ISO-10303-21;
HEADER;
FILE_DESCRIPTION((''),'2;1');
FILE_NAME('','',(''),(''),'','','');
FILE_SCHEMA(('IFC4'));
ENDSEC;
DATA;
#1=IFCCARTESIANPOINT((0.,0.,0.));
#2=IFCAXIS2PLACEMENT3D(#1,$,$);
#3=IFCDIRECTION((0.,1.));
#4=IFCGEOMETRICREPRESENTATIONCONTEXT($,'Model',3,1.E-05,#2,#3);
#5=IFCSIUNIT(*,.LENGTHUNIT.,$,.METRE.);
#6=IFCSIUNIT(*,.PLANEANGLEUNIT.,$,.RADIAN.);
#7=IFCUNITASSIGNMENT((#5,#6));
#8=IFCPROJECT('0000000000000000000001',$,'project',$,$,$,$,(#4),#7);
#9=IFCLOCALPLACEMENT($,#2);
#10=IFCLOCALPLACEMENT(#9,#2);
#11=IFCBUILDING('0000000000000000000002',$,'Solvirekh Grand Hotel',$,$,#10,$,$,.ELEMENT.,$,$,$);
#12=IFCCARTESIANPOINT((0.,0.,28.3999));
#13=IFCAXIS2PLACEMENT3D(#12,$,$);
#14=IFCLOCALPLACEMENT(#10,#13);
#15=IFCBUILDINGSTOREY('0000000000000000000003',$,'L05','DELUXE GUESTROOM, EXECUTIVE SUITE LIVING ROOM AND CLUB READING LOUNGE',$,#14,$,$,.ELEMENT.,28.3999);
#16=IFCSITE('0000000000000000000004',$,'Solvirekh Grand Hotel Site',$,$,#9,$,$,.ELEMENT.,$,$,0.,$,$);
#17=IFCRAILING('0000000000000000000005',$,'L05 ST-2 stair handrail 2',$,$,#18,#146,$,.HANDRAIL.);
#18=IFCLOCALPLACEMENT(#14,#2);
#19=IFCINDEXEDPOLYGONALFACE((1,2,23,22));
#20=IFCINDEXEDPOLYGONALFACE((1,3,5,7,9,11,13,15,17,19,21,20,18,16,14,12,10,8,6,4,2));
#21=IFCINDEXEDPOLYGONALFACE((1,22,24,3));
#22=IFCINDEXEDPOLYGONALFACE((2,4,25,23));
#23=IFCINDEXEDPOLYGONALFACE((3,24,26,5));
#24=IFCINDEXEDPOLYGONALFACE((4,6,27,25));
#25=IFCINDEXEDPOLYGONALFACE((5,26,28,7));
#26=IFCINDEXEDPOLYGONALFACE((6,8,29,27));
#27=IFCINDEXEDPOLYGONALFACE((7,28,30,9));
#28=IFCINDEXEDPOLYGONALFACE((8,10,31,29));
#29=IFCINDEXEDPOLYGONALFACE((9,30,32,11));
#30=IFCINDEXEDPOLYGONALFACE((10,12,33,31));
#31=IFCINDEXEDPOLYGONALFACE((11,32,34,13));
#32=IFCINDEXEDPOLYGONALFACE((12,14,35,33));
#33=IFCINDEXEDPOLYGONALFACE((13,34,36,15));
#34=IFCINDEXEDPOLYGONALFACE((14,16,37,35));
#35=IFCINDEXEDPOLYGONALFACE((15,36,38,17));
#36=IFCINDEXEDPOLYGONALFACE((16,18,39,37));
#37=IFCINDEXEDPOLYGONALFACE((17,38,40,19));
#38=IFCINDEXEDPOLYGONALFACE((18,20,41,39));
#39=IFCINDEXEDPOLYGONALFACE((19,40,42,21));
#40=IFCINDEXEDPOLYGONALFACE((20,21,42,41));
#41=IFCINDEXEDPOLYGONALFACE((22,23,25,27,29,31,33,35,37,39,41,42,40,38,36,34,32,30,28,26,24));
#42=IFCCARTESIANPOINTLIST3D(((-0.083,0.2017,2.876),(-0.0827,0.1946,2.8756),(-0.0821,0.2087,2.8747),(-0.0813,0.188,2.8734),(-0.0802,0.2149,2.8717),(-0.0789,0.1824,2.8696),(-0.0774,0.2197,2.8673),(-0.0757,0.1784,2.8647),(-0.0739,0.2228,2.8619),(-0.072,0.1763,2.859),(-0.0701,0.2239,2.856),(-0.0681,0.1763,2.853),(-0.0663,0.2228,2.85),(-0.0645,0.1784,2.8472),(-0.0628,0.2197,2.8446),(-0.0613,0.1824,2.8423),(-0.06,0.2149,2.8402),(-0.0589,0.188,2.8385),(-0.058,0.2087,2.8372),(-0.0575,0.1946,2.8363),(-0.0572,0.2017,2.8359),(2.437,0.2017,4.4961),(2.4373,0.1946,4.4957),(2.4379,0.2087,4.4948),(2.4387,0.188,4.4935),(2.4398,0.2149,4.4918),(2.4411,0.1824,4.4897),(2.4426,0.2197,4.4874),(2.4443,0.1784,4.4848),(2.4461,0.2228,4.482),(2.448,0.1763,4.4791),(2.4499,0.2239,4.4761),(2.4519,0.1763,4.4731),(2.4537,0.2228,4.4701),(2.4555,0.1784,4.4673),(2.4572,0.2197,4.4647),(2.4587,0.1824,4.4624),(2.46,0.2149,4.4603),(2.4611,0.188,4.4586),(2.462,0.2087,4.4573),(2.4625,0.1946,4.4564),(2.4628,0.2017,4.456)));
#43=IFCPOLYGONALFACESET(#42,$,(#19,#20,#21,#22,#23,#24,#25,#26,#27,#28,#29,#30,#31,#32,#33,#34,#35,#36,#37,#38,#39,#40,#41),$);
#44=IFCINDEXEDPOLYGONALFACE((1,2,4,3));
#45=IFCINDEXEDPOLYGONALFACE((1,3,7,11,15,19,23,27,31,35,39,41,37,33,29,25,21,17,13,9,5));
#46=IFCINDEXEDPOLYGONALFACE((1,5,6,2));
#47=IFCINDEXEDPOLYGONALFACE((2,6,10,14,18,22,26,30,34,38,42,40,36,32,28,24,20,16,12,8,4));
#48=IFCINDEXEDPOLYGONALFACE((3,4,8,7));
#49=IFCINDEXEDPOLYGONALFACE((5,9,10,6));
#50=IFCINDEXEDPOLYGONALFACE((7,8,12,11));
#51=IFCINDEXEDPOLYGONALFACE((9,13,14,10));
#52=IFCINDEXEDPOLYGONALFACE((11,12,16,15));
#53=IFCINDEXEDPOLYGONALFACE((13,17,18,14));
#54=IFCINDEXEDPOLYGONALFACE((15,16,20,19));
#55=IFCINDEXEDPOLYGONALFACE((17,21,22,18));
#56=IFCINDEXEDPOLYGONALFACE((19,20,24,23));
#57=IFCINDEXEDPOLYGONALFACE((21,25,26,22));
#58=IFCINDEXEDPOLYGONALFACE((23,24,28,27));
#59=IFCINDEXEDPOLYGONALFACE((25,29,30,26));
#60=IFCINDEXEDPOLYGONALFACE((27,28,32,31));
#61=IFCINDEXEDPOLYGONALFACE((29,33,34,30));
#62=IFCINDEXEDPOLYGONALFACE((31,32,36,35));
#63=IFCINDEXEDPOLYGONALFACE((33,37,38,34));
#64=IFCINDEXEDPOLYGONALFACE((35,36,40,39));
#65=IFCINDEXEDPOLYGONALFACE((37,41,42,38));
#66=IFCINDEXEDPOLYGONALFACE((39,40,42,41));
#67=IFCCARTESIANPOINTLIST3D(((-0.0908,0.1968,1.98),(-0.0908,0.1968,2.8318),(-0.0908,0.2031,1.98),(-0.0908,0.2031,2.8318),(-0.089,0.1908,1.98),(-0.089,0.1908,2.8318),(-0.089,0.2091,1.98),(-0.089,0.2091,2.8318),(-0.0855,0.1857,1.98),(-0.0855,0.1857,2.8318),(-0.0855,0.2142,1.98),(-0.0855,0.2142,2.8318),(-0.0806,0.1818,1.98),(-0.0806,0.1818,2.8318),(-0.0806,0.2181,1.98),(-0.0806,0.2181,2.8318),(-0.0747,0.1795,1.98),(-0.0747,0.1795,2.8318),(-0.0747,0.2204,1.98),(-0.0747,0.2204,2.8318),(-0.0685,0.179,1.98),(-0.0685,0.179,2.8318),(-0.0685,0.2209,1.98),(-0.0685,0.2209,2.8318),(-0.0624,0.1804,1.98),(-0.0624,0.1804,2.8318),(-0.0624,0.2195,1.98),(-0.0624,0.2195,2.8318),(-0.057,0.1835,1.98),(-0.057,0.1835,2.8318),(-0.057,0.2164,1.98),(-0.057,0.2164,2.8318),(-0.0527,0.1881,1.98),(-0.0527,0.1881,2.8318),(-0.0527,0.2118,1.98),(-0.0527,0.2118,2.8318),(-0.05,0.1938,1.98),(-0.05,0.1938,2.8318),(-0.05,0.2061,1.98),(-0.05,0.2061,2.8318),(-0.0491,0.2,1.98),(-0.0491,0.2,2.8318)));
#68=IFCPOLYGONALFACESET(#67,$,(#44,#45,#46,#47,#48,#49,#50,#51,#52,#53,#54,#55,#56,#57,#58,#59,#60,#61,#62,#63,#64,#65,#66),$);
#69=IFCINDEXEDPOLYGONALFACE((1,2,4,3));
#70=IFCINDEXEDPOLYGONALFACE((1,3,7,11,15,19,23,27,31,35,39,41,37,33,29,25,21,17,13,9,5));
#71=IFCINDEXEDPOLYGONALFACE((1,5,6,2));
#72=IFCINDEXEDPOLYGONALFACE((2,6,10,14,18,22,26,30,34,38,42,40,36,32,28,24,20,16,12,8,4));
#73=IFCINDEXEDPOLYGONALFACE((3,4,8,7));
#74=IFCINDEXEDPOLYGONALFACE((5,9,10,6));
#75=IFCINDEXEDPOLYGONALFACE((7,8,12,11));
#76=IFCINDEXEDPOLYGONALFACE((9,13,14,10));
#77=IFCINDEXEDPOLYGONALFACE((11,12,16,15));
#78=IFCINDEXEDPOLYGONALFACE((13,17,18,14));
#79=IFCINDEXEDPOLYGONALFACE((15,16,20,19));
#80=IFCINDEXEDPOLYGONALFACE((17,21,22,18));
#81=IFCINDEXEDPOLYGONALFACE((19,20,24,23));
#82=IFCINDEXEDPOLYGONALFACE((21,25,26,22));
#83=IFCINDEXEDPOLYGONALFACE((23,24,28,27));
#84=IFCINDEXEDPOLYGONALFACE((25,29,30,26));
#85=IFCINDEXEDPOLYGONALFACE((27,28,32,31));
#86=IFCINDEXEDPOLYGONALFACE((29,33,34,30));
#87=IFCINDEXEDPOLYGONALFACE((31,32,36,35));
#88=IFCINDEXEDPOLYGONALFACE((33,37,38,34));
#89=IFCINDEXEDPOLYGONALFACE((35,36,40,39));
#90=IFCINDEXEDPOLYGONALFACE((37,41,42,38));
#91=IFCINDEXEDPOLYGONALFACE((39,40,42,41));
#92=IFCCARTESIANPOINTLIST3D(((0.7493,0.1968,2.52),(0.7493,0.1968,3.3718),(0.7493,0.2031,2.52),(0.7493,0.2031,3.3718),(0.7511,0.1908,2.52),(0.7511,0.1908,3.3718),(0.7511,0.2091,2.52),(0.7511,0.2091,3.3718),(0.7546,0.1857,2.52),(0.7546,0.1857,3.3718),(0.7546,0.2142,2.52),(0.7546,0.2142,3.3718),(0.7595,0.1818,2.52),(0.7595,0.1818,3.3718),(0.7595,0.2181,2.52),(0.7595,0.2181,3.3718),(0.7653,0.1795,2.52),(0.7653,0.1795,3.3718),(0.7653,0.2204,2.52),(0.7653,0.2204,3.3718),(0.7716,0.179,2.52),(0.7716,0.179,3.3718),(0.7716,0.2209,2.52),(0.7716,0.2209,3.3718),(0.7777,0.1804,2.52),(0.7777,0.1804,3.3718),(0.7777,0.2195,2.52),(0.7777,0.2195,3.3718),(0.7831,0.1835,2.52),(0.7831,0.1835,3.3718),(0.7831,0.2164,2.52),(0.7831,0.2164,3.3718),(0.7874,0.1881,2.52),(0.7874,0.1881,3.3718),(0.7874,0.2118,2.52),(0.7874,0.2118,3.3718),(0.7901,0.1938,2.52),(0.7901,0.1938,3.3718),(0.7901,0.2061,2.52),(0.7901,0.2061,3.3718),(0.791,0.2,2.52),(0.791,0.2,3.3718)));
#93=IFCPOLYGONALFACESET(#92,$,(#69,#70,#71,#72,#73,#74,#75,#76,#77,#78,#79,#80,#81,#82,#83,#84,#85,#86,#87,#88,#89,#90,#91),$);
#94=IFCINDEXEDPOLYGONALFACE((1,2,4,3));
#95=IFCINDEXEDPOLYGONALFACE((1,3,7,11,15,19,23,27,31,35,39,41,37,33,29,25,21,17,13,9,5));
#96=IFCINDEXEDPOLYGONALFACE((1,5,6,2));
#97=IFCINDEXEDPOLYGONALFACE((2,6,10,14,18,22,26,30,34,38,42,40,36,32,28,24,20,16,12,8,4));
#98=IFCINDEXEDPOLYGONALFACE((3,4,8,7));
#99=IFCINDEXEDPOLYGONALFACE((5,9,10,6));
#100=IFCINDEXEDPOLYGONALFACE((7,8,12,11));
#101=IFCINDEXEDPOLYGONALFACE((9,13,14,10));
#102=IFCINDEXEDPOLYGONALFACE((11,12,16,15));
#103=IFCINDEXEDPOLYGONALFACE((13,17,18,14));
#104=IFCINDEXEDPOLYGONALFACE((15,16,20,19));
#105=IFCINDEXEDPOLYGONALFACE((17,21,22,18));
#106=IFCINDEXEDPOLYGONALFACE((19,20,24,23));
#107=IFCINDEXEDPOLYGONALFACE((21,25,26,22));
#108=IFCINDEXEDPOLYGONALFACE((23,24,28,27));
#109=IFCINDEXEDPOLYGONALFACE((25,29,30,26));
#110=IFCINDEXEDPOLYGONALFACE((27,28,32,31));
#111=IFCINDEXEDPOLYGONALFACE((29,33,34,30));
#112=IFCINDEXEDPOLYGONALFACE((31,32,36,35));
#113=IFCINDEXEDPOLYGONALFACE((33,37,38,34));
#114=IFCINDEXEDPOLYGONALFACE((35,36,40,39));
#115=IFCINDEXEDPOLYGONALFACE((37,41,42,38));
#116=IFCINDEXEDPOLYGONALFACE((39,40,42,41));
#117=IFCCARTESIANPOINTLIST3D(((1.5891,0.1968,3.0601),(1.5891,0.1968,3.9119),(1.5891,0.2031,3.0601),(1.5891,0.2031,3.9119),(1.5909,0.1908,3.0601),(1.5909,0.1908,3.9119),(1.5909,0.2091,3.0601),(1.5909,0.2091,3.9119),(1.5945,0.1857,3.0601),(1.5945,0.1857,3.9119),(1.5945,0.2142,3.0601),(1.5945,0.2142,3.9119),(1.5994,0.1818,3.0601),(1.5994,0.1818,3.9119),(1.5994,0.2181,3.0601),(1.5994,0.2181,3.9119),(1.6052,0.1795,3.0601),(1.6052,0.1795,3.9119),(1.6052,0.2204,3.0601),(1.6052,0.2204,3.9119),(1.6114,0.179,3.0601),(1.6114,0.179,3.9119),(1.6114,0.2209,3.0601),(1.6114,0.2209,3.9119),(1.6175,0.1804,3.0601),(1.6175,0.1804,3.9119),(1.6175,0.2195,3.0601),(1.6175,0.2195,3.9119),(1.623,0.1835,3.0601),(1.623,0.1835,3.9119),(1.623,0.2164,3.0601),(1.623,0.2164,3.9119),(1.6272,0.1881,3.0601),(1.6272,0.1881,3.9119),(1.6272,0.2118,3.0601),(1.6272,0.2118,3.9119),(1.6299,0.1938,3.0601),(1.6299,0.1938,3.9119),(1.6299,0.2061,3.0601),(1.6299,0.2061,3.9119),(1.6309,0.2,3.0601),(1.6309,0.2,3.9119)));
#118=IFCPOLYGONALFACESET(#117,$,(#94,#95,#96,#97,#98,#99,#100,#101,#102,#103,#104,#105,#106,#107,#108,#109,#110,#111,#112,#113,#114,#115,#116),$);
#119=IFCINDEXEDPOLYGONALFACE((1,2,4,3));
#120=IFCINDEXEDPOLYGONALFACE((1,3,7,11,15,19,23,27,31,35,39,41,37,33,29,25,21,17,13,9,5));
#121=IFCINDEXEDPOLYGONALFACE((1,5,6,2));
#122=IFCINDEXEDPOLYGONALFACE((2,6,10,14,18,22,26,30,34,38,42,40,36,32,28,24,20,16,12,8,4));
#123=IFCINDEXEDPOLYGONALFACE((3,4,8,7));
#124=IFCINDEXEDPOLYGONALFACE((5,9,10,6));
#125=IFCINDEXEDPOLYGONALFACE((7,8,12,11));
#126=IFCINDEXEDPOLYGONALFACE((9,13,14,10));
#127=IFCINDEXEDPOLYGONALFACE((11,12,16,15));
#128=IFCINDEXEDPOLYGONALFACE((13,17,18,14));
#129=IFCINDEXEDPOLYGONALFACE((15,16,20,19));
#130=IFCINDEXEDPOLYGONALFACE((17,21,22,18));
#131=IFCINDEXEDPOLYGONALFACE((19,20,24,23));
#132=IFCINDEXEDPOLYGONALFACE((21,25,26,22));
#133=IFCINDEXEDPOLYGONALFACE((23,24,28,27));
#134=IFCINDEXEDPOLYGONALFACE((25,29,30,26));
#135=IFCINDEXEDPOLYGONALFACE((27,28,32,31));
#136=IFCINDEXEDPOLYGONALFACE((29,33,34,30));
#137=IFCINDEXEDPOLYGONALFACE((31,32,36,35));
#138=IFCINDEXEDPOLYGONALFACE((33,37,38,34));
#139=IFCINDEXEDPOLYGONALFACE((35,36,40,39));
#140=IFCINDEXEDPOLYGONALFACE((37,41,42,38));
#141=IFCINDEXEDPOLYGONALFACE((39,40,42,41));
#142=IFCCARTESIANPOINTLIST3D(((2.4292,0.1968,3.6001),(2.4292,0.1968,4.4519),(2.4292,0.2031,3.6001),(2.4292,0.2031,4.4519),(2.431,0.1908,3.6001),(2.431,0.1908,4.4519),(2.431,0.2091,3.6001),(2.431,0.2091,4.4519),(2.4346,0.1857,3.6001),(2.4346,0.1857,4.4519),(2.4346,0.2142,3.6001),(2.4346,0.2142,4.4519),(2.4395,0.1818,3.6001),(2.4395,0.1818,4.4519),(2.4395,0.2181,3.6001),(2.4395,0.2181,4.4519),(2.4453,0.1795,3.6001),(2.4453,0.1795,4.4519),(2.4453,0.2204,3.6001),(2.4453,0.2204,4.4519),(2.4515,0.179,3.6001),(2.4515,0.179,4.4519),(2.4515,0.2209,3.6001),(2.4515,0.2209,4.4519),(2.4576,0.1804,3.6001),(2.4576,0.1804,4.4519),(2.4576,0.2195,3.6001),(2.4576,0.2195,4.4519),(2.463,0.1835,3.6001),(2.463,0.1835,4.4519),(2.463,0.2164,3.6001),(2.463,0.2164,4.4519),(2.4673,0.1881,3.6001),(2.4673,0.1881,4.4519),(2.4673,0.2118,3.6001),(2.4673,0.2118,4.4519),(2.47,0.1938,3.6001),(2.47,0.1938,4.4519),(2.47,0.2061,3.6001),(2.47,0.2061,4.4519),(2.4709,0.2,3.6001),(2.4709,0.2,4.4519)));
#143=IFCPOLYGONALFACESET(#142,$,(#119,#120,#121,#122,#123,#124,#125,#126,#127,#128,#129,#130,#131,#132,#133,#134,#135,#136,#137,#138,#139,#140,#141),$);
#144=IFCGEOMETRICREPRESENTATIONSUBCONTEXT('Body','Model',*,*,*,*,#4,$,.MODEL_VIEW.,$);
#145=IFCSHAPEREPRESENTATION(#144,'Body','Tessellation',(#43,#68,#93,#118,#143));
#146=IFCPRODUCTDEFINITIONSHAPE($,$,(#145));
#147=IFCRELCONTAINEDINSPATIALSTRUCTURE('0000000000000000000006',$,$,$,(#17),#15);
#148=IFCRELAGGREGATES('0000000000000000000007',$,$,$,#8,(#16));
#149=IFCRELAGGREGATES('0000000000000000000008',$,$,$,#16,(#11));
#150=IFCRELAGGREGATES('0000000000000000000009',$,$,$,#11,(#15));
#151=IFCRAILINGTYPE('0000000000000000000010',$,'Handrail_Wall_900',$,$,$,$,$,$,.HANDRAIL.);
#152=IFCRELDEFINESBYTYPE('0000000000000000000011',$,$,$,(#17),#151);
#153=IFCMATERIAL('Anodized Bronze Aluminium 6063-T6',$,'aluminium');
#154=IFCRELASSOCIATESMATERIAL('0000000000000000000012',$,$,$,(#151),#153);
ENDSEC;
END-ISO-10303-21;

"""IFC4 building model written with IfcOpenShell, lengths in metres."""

from ifc_helpers import new_model, si_unit, direction, frame, origin, origin_2d, place, context, subcontext, project, spatial, circle, extrude, material, type_object, element, save


model = new_model("IFC4")

# Units and contexts
model_context = context("Model", 3, precision=1e-05, world=origin(), true_north=direction((0.0, 1.0)))
body_context = subcontext(model_context, "Body", "Model", "MODEL_VIEW")
ifc_project = project(units=[si_unit("LENGTHUNIT", "METRE"), si_unit("PLANEANGLEUNIT", "RADIAN")], contexts=[model_context])

# Site, building, storey
site_placement = place(None, origin())
site = spatial("IfcSite", under=ifc_project, at=site_placement, Name="Solvirekh Grand Hotel Site", CompositionType="ELEMENT", RefElevation=0.0)
building_placement = place(site_placement, origin())
building = spatial("IfcBuilding", under=site, at=building_placement, Name="Solvirekh Grand Hotel", CompositionType="ELEMENT")
storey_placement = place(building_placement, frame((0.0, 0.0, 28.3999)))
storey = spatial("IfcBuildingStorey", under=building, at=storey_placement, Name="L05", Description="DELUXE GUESTROOM, EXECUTIVE SUITE LIVING ROOM AND CLUB READING LOUNGE", CompositionType="ELEMENT", Elevation=28.3999)

# Railing
ifc_material_1 = material(Name="Anodized Bronze Aluminium 6063-T6", Category="aluminium")
railing_type_1 = type_object("IfcRailingType", Name="Handrail_Wall_900", PredefinedType="HANDRAIL", material=ifc_material_1)
railing_1_placement = place(storey_placement, frame((-0.0701, 0.2, 1.98)))
element("IfcRailing", 1, at=railing_1_placement, inside=storey, type_object=railing_type_1, Name="L05 ST-2 stair handrail 2", PredefinedType="HANDRAIL", context=body_context, shape_type="SweptSolid", body=[
    extrude(circle(Radius=0.0239, at=origin_2d()), frame((0.0, 0.0, 0.876), z_axis=(0.841163, 0.0, 0.540782), x_axis=(0.0, 1.0, 0.0)), (0.0, 0.0, 1.0), 2.9958),
    extrude(circle(Radius=0.021, at=origin_2d()), origin(), (0.0, 0.0, 1.0), 0.8518),
    extrude(circle(Radius=0.021, at=origin_2d()), frame((0.8401, 0.0, 0.54)), (0.0, 0.0, 1.0), 0.8518),
    extrude(circle(Radius=0.021, at=origin_2d()), frame((1.6799, 0.0, 1.0801)), (0.0, 0.0, 1.0), 0.8518),
    extrude(circle(Radius=0.021, at=origin_2d()), frame((2.52, 0.0, 1.6201)), (0.0, 0.0, 1.0), 0.8518),
])

save(model, "model.ifc")
